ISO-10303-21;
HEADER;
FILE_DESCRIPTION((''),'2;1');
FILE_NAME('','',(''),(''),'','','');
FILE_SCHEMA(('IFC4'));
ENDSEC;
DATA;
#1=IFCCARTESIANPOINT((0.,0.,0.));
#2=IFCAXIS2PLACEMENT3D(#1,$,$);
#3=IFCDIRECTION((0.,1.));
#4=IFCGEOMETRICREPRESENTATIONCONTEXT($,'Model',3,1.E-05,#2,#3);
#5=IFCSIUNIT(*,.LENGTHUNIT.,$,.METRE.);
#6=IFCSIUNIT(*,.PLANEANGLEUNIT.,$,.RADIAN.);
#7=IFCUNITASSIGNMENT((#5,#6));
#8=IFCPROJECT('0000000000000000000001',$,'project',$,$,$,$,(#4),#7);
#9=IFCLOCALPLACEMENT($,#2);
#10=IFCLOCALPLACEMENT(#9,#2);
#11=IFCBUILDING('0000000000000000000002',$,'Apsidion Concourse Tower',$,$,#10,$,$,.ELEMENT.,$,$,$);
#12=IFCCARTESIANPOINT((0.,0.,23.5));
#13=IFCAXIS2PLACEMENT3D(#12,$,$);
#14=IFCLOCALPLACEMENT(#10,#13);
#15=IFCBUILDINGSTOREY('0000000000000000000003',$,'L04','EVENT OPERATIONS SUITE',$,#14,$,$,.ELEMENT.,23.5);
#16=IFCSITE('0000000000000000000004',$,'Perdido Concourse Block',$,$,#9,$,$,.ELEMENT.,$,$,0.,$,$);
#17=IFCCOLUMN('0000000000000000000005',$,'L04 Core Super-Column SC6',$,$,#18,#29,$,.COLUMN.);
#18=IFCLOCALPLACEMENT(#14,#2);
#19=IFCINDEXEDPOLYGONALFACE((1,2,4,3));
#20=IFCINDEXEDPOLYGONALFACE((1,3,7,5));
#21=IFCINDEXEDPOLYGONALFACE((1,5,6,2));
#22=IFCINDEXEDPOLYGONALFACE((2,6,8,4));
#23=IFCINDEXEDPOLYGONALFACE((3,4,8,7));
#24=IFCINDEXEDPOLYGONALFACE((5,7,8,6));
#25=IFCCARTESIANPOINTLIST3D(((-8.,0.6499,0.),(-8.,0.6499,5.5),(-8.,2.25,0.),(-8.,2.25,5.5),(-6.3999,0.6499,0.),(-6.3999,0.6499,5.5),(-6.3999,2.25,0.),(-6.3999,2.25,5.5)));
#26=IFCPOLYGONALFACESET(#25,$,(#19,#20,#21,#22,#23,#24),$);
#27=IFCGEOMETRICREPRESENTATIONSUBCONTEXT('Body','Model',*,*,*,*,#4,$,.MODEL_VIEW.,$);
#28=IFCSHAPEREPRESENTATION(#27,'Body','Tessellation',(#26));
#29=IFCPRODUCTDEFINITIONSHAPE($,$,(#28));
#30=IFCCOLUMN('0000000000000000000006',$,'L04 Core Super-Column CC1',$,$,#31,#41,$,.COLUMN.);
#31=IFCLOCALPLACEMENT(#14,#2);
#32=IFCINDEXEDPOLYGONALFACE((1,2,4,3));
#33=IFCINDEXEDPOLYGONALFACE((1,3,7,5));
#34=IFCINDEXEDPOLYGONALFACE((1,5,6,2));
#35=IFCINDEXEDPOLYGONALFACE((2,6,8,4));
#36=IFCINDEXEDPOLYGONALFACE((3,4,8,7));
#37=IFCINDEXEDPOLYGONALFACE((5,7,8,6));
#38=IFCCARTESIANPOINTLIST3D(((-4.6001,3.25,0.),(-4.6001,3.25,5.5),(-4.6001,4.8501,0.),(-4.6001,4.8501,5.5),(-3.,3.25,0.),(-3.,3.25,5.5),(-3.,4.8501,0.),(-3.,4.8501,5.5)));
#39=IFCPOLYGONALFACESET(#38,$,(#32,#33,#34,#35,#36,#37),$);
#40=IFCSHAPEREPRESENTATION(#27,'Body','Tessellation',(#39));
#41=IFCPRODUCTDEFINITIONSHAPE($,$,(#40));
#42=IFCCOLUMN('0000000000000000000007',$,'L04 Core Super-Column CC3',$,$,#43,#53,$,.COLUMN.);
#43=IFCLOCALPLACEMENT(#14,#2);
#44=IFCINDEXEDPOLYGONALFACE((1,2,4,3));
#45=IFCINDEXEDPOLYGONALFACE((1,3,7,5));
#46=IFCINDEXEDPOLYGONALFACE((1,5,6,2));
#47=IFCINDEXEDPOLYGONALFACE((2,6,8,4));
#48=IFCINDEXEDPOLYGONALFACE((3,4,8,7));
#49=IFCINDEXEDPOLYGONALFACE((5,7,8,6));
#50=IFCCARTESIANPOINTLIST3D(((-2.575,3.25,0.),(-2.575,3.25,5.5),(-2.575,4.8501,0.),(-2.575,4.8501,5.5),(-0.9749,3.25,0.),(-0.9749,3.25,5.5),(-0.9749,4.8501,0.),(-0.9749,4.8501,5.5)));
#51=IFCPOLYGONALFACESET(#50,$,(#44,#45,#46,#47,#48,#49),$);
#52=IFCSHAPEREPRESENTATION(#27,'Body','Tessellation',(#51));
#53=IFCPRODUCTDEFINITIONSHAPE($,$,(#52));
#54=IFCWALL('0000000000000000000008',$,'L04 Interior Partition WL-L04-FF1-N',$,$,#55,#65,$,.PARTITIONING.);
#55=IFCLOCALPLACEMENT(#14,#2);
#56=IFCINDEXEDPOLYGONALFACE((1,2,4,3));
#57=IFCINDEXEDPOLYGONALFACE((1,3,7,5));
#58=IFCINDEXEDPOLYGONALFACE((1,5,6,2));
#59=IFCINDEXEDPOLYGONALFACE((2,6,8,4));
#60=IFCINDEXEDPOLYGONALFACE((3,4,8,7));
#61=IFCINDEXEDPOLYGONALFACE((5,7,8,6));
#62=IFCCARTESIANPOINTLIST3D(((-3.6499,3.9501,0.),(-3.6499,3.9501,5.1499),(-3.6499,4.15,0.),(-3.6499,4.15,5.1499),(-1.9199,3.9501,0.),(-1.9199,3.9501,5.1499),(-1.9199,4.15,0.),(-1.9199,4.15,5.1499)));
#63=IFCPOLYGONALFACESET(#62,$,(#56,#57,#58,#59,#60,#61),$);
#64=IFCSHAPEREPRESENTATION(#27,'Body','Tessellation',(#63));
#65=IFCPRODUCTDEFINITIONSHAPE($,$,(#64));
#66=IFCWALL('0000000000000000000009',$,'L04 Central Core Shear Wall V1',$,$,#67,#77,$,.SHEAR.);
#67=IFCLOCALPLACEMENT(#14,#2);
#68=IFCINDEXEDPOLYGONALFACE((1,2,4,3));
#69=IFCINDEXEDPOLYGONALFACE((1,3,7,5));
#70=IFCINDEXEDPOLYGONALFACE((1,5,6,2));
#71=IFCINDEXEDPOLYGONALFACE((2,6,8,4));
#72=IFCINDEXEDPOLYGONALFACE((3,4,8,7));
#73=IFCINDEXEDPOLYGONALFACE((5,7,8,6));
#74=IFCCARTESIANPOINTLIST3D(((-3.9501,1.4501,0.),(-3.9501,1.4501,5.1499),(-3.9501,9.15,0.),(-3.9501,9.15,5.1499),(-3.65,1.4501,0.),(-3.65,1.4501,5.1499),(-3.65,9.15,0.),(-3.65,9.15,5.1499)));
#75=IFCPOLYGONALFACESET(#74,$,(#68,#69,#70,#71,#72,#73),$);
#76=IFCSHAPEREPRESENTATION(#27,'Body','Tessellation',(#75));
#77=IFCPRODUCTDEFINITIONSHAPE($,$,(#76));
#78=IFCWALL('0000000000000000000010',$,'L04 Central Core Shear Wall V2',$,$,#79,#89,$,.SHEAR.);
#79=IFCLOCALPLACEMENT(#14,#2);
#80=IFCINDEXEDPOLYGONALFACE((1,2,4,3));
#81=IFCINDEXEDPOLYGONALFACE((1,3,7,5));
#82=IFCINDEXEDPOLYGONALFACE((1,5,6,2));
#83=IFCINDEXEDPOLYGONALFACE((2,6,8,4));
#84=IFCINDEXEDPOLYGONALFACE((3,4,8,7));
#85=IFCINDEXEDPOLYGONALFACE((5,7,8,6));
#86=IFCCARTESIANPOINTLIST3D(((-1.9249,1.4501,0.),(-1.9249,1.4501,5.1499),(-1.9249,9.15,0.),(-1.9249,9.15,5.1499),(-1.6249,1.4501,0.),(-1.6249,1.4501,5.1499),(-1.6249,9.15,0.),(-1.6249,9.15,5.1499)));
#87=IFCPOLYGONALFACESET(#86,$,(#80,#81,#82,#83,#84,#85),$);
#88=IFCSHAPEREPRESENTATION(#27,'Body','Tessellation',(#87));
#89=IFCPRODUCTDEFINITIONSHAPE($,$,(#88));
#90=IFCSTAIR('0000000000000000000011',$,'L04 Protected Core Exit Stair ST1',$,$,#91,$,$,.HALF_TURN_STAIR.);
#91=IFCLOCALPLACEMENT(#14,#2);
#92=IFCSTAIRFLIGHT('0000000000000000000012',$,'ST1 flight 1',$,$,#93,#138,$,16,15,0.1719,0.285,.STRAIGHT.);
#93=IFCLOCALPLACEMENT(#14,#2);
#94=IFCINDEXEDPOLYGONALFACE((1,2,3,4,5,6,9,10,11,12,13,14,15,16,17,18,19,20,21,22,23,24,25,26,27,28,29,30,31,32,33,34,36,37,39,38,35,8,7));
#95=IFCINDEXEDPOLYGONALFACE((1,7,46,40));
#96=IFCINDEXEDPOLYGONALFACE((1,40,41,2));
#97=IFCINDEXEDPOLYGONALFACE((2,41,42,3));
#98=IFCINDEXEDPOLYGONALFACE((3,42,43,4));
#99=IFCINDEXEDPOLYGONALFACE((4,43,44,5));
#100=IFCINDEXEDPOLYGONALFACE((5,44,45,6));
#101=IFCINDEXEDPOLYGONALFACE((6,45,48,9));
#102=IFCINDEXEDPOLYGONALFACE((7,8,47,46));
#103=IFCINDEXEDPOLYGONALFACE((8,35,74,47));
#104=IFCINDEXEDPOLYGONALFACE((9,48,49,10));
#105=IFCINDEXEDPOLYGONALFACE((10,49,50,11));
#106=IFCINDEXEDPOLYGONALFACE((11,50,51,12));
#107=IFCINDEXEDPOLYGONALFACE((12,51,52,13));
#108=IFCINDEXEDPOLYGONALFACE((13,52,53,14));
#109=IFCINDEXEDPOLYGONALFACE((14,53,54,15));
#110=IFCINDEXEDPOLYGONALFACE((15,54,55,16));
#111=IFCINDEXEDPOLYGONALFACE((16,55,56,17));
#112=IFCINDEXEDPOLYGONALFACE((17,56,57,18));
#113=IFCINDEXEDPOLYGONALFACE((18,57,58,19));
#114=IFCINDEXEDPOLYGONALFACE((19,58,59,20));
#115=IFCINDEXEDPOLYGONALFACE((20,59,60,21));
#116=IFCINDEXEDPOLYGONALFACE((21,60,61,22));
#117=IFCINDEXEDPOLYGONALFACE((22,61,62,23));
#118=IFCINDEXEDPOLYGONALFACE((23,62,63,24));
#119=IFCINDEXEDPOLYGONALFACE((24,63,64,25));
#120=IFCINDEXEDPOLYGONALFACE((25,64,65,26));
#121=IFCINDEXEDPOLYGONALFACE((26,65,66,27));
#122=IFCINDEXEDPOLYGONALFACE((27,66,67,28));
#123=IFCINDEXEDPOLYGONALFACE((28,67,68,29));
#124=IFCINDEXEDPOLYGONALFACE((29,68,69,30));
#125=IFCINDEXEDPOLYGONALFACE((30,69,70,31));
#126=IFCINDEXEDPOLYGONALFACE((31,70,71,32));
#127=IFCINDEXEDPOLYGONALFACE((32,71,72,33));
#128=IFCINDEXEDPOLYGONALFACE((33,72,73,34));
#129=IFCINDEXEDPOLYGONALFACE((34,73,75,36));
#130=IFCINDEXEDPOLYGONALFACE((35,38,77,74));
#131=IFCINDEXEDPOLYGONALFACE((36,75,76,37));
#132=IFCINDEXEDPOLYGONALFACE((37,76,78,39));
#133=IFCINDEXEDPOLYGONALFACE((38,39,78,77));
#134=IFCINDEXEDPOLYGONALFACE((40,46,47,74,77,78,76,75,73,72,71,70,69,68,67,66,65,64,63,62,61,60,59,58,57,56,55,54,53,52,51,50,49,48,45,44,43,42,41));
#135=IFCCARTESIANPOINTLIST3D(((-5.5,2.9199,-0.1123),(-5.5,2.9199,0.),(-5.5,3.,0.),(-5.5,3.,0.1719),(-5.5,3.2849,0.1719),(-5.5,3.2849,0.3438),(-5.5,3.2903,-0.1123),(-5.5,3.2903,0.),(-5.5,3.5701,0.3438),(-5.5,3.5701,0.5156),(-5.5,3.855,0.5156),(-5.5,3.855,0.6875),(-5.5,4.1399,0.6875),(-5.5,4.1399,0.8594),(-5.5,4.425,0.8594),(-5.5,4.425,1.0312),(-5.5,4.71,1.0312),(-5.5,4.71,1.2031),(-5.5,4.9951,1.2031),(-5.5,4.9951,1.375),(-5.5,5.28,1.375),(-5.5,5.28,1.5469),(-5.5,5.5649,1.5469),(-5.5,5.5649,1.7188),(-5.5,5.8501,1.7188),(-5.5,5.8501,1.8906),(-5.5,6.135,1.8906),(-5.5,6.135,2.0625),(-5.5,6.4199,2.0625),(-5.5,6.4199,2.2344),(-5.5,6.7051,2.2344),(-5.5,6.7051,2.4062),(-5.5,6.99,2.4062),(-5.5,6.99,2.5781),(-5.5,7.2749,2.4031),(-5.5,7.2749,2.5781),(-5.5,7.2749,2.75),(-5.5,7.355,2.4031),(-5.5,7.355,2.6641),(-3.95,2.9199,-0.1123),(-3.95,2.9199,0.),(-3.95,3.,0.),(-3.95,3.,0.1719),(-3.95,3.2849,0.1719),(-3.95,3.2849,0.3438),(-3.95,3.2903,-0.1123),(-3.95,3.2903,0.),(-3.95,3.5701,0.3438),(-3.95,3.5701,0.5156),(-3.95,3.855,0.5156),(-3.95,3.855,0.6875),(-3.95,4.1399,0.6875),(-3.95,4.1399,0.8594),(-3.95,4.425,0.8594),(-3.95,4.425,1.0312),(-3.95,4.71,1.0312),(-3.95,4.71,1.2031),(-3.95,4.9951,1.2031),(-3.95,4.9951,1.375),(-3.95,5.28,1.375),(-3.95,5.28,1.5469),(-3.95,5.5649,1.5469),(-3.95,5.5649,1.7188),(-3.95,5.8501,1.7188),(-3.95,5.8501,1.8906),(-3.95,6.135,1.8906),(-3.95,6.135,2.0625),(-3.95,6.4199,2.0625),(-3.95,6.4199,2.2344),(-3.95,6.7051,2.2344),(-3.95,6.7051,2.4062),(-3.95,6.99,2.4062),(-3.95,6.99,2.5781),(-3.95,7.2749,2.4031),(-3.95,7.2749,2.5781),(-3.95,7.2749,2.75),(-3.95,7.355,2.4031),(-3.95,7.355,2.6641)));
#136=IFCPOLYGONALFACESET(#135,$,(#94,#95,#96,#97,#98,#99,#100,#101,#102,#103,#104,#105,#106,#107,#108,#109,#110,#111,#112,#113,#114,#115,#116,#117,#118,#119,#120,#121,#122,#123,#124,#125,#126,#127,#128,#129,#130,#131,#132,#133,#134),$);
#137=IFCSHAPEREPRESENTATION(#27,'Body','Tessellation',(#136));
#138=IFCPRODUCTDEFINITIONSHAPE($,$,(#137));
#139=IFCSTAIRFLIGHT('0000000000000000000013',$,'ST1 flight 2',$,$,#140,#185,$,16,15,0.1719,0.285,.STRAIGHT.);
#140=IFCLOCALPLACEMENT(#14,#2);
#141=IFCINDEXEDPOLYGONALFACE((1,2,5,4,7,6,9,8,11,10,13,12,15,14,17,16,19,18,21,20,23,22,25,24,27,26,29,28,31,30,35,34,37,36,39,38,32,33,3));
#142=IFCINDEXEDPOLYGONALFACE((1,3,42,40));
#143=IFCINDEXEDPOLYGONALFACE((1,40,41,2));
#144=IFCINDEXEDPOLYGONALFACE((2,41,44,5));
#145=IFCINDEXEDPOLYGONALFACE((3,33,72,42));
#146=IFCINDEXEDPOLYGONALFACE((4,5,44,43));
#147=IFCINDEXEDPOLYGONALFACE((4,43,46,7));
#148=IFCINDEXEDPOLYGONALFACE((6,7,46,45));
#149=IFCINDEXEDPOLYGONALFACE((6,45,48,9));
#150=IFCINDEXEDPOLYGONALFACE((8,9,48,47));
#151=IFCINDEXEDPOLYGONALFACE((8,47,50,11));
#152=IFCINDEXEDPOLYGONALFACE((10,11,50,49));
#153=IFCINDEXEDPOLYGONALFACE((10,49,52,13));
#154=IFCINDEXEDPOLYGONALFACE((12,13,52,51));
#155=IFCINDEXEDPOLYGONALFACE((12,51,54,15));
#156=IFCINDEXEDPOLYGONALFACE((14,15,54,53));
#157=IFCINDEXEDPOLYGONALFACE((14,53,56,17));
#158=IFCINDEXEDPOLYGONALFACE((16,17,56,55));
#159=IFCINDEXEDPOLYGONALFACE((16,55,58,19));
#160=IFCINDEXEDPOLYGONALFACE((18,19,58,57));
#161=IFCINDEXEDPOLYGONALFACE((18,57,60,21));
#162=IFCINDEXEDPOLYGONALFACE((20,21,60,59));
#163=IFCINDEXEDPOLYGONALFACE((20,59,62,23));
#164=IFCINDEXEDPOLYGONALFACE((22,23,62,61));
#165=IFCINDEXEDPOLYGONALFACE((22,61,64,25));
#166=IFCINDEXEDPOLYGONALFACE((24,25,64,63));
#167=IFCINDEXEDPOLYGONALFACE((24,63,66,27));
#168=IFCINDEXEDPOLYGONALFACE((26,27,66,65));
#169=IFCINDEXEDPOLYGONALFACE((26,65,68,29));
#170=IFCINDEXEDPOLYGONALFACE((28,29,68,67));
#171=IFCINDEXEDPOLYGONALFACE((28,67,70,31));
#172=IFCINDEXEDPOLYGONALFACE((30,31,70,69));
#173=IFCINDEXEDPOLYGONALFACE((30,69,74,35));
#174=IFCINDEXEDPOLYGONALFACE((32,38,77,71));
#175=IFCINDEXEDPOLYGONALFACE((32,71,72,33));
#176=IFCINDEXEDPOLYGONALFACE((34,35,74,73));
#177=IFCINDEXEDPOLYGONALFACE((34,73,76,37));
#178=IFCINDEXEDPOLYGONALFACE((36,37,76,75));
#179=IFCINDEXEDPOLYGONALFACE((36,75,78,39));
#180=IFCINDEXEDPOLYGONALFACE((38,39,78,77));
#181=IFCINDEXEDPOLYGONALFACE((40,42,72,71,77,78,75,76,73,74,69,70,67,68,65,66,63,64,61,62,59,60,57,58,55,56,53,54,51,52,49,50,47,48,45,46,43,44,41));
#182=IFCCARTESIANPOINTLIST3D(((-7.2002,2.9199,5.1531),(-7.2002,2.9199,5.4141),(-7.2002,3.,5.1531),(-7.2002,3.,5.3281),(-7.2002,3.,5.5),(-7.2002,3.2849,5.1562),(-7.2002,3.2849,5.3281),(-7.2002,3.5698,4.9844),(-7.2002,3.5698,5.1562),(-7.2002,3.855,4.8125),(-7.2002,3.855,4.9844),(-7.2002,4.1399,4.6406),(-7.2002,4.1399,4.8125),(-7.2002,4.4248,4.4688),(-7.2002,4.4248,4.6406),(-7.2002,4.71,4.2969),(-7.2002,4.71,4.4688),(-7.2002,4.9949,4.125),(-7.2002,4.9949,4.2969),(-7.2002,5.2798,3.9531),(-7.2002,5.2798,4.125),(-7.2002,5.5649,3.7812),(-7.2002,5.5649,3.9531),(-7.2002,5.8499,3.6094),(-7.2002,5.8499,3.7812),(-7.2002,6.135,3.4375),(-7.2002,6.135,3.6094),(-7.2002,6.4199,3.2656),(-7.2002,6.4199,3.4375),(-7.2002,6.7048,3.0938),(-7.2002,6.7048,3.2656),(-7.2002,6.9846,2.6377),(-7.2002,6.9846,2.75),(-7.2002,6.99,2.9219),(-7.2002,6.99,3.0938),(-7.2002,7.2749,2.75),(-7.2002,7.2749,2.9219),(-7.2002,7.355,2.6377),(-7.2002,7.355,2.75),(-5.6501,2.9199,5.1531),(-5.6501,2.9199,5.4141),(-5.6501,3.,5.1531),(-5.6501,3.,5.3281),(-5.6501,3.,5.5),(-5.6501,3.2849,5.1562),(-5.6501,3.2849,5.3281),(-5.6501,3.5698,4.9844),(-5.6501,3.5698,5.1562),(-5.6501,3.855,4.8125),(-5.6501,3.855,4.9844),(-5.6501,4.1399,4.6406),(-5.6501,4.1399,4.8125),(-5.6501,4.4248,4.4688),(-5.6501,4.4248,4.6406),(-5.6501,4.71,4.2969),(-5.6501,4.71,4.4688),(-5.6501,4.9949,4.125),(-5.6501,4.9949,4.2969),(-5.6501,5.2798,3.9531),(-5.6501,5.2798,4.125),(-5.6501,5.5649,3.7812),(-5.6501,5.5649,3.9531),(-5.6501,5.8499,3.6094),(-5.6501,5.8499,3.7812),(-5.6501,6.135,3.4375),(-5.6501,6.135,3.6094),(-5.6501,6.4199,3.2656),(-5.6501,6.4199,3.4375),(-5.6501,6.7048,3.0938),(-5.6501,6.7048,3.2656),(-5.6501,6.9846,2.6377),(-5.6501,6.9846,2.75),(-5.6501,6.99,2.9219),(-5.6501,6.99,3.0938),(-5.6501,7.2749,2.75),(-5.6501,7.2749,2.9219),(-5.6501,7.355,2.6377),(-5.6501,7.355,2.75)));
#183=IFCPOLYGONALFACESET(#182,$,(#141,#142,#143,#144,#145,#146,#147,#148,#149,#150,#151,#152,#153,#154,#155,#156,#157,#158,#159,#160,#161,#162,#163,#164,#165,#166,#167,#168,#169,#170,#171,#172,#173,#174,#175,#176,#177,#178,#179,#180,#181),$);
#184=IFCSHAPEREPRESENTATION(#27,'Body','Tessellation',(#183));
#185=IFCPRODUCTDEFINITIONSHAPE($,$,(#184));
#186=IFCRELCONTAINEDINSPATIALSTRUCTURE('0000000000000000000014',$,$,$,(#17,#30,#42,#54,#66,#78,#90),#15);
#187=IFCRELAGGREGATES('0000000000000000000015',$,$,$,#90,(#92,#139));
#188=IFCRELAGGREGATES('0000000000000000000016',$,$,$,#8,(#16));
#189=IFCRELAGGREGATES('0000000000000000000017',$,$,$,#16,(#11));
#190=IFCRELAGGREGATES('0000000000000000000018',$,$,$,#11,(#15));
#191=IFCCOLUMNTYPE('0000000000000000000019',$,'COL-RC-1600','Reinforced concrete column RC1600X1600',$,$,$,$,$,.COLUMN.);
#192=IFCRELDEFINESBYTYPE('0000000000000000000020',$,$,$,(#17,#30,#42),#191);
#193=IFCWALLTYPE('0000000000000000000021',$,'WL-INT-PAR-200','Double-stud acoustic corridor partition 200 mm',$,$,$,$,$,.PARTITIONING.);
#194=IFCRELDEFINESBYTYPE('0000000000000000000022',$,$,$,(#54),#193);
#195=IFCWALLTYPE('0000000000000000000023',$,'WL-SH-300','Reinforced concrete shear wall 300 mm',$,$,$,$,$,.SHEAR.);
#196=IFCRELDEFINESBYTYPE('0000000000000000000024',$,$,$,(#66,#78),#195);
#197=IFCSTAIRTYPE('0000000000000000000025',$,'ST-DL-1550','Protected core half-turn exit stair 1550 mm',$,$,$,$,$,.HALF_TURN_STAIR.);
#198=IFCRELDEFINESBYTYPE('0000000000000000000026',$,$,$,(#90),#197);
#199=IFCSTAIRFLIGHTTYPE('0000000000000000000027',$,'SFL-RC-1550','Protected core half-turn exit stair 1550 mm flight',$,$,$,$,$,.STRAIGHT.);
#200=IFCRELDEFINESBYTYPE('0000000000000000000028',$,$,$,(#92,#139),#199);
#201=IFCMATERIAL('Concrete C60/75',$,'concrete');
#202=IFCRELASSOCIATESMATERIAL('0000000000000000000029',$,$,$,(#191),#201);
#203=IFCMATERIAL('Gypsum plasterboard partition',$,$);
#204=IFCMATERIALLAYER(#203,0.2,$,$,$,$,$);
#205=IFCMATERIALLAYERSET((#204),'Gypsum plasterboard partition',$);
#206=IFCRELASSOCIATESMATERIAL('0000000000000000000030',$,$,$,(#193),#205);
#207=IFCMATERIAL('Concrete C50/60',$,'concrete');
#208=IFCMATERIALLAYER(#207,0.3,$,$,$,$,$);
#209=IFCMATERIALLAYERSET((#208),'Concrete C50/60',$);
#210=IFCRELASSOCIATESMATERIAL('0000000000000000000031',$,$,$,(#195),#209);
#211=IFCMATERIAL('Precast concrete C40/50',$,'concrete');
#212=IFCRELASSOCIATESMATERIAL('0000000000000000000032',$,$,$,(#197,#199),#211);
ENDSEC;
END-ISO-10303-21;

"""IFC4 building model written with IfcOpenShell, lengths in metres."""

from ifc_helpers import new_model, si_unit, direction, frame, frame_2d, origin, origin_2d, place, context, subcontext, project, spatial, polyline, rectangle, outline, extrude, material, layer, layer_set, material_profile, profile_set, type_object, element, aggregate, save


model = new_model("IFC4")

# Units and contexts
model_context = context("Model", 3, precision=1e-05, world=origin(), true_north=direction((0.0, 1.0)))
body_context = subcontext(model_context, "Body", "Model", "MODEL_VIEW")
ifc_project = project(units=[si_unit("LENGTHUNIT", "METRE"), si_unit("PLANEANGLEUNIT", "RADIAN")], contexts=[model_context])

# Site, building, storey
site_placement = place(None, origin())
site = spatial("IfcSite", under=ifc_project, at=site_placement, Name="Perdido Concourse Block", CompositionType="ELEMENT", RefElevation=0.0)
building_placement = place(site_placement, origin())
building = spatial("IfcBuilding", under=site, at=building_placement, Name="Apsidion Concourse Tower", CompositionType="ELEMENT")
storey_placement = place(building_placement, frame((0.0, 0.0, 23.5)))
storey = spatial("IfcBuildingStorey", under=building, at=storey_placement, Name="L04", Description="EVENT OPERATIONS SUITE", CompositionType="ELEMENT", Elevation=23.5)

# Columns
ifc_material_1 = material(Name="Concrete C60/75", Category="concrete")
ifc_material_profile = material_profile(ifc_material_1, rectangle(XDim=1.6001, YDim=1.6001, at=origin_2d()), Name="RC 1600x1600")
ifc_profile_set = profile_set([ifc_material_profile], Name="Concrete C60/75")
column_type = type_object("IfcColumnType", Name="COL-RC-1600", Description="Reinforced concrete column RC1600X1600", PredefinedType="COLUMN", material=ifc_profile_set)
for number, where, z_axis, x_axis, name in (
    (1, (-7.2, 1.45, 0.0), (0.0, 0.0, 1.0), (1.0, 0.0, 0.0), "L04 Core Super-Column SC6"),
    (2, (-3.8, 4.05, 0.0), (0.0, 0.0, 1.0), (1.0, 0.0, 0.0), "L04 Core Super-Column CC1"),
    (3, (-1.7749, 4.05, 0.0), (0.0, 0.0, 1.0), (1.0, 0.0, 0.0), "L04 Core Super-Column CC3"),
):
    element("IfcColumn", number, at=place(storey_placement, frame(where, z_axis=z_axis, x_axis=x_axis)), inside=storey, type_object=column_type, Name=name, PredefinedType="COLUMN", context=body_context, shape_type="SweptSolid", body=[
        extrude(rectangle(XDim=1.6001, YDim=1.6001, at=origin_2d()), origin(), (0.0, 0.0, 1.0), 5.5),
    ])

# Walls
ifc_material_2 = material(Name="Gypsum plasterboard partition")
ifc_layer_1 = layer(ifc_material_2, 0.2)
ifc_layer_set_1 = layer_set([ifc_layer_1], Name="Gypsum plasterboard partition")
wall_type_1 = type_object("IfcWallType", Name="WL-INT-PAR-200", Description="Double-stud acoustic corridor partition 200 mm", PredefinedType="PARTITIONING", material=ifc_layer_set_1)
wall_placement = place(storey_placement, frame((-3.6499, 4.05, 0.0), z_axis=(0.0, 0.0, 1.0), x_axis=(1.0, 0.0, 0.0)))
element("IfcWall", 4, at=wall_placement, inside=storey, type_object=wall_type_1, Name="L04 Interior Partition WL-L04-FF1-N", PredefinedType="PARTITIONING", context=body_context, shape_type="SweptSolid", body=[
    extrude(rectangle(XDim=1.73, YDim=0.2, at=frame_2d((0.865, 0.0))), origin(), (0.0, 0.0, 1.0), 5.1499),
])
ifc_material_3 = material(Name="Concrete C50/60", Category="concrete")
ifc_layer_2 = layer(ifc_material_3, 0.3)
ifc_layer_set_2 = layer_set([ifc_layer_2], Name="Concrete C50/60")
wall_type_2 = type_object("IfcWallType", Name="WL-SH-300", Description="Reinforced concrete shear wall 300 mm", PredefinedType="SHEAR", material=ifc_layer_set_2)
for number, where, z_axis, x_axis, name in (
    (5, (-3.8, 1.45, 0.0), (0.0, 0.0, 1.0), (0.0, 1.0, 0.0), "L04 Central Core Shear Wall V1"),
    (6, (-1.7749, 1.45, 0.0), (0.0, 0.0, 1.0), (0.0, 1.0, 0.0), "L04 Central Core Shear Wall V2"),
):
    element("IfcWall", number, at=place(storey_placement, frame(where, z_axis=z_axis, x_axis=x_axis)), inside=storey, type_object=wall_type_2, Name=name, PredefinedType="SHEAR", context=body_context, shape_type="SweptSolid", body=[
        extrude(rectangle(XDim=7.7, YDim=0.3, at=frame_2d((3.8501, 0.0))), origin(), (0.0, 0.0, 1.0), 5.1499),
    ])

# Stair, stair flights
ifc_material_4 = material(Name="Precast concrete C40/50", Category="concrete")
stair_type = type_object("IfcStairType", Name="ST-DL-1550", Description="Protected core half-turn exit stair 1550 mm", PredefinedType="HALF_TURN_STAIR", material=ifc_material_4)
stair_placement = place(storey_placement, origin())
stair = element("IfcStair", 7, at=stair_placement, inside=storey, type_object=stair_type, Name="L04 Protected Core Exit Stair ST1", PredefinedType="HALF_TURN_STAIR")
stair_flight_type = type_object("IfcStairFlightType", Name="SFL-RC-1550", Description="Protected core half-turn exit stair 1550 mm flight", PredefinedType="STRAIGHT", material=ifc_material_4)
stair_flight_1_placement = place(storey_placement, frame((-4.7251, 3.0, 0.0), z_axis=(0.0, 0.0, 1.0), x_axis=(0.0, 1.0, 0.0)))
stair_flight_1 = element("IfcStairFlight", 8, at=stair_flight_1_placement, type_object=stair_flight_type, Name="ST1 flight 1", NumberOfRisers=16, NumberOfTreads=15, PredefinedType="STRAIGHT", RiserHeight=0.1719, TreadLength=0.285, context=body_context, shape_type="SweptSolid", body=[
    extrude(outline(polyline([(-0.0801, -0.1123), (-0.0801, 0.0), (0.0, 0.0), (0.0, 0.1719), (0.2849, 0.1719), (0.2849, 0.3438), (0.5701, 0.3438), (0.5701, 0.5156), (0.855, 0.5156), (0.855, 0.6875), (1.1399, 0.6875), (1.1399, 0.8594), (1.425, 0.8594), (1.425, 1.0312), (1.71, 1.0312), (1.71, 1.2031), (1.9951, 1.2031), (1.9951, 1.375), (2.28, 1.375), (2.28, 1.5469), (2.5649, 1.5469), (2.5649, 1.7188), (2.8501, 1.7188), (2.8501, 1.8906), (3.135, 1.8906), (3.135, 2.0625), (3.4199, 2.0625), (3.4199, 2.2344), (3.7051, 2.2344), (3.7051, 2.4062), (3.99, 2.4062), (3.99, 2.5781), (4.2749, 2.5781), (4.2749, 2.75), (4.355, 2.6641), (4.355, 2.4031), (4.2749, 2.4031), (0.2903, 0.0), (0.2903, -0.1123), (-0.0801, -0.1123)])), frame((0.0, 0.7749, 0.0), z_axis=(0.0, -1.0, 0.0), x_axis=(1.0, 0.0, 0.0)), (0.0, 0.0, 1.0), 1.55),
])
stair_flight_2_placement = place(storey_placement, frame((-6.425, 7.2749, 2.75), z_axis=(0.0, 0.0, 1.0), x_axis=(0.0, -1.0, 0.0)))
stair_flight_2 = element("IfcStairFlight", 9, at=stair_flight_2_placement, type_object=stair_flight_type, Name="ST1 flight 2", NumberOfRisers=16, NumberOfTreads=15, PredefinedType="STRAIGHT", RiserHeight=0.1719, TreadLength=0.285, context=body_context, shape_type="SweptSolid", body=[
    extrude(outline(polyline([(-0.0801, -0.1123), (-0.0801, 0.0), (0.0, 0.0), (0.0, 0.1719), (0.2849, 0.1719), (0.2849, 0.3438), (0.5701, 0.3438), (0.5701, 0.5156), (0.855, 0.5156), (0.855, 0.6875), (1.1399, 0.6875), (1.1399, 0.8594), (1.425, 0.8594), (1.425, 1.0312), (1.71, 1.0312), (1.71, 1.2031), (1.9951, 1.2031), (1.9951, 1.375), (2.28, 1.375), (2.28, 1.5469), (2.5649, 1.5469), (2.5649, 1.7188), (2.8501, 1.7188), (2.8501, 1.8906), (3.135, 1.8906), (3.135, 2.0625), (3.4199, 2.0625), (3.4199, 2.2344), (3.7051, 2.2344), (3.7051, 2.4062), (3.99, 2.4062), (3.99, 2.5781), (4.2749, 2.5781), (4.2749, 2.75), (4.355, 2.6641), (4.355, 2.4031), (4.2749, 2.4031), (0.2903, 0.0), (0.2903, -0.1123), (-0.0801, -0.1123)])), frame((0.0, 0.7749, 0.0), z_axis=(0.0, -1.0, 0.0), x_axis=(1.0, 0.0, 0.0)), (0.0, 0.0, 1.0), 1.55),
])
aggregate(stair, [stair_flight_1, stair_flight_2])

save(model, "model.ifc")
